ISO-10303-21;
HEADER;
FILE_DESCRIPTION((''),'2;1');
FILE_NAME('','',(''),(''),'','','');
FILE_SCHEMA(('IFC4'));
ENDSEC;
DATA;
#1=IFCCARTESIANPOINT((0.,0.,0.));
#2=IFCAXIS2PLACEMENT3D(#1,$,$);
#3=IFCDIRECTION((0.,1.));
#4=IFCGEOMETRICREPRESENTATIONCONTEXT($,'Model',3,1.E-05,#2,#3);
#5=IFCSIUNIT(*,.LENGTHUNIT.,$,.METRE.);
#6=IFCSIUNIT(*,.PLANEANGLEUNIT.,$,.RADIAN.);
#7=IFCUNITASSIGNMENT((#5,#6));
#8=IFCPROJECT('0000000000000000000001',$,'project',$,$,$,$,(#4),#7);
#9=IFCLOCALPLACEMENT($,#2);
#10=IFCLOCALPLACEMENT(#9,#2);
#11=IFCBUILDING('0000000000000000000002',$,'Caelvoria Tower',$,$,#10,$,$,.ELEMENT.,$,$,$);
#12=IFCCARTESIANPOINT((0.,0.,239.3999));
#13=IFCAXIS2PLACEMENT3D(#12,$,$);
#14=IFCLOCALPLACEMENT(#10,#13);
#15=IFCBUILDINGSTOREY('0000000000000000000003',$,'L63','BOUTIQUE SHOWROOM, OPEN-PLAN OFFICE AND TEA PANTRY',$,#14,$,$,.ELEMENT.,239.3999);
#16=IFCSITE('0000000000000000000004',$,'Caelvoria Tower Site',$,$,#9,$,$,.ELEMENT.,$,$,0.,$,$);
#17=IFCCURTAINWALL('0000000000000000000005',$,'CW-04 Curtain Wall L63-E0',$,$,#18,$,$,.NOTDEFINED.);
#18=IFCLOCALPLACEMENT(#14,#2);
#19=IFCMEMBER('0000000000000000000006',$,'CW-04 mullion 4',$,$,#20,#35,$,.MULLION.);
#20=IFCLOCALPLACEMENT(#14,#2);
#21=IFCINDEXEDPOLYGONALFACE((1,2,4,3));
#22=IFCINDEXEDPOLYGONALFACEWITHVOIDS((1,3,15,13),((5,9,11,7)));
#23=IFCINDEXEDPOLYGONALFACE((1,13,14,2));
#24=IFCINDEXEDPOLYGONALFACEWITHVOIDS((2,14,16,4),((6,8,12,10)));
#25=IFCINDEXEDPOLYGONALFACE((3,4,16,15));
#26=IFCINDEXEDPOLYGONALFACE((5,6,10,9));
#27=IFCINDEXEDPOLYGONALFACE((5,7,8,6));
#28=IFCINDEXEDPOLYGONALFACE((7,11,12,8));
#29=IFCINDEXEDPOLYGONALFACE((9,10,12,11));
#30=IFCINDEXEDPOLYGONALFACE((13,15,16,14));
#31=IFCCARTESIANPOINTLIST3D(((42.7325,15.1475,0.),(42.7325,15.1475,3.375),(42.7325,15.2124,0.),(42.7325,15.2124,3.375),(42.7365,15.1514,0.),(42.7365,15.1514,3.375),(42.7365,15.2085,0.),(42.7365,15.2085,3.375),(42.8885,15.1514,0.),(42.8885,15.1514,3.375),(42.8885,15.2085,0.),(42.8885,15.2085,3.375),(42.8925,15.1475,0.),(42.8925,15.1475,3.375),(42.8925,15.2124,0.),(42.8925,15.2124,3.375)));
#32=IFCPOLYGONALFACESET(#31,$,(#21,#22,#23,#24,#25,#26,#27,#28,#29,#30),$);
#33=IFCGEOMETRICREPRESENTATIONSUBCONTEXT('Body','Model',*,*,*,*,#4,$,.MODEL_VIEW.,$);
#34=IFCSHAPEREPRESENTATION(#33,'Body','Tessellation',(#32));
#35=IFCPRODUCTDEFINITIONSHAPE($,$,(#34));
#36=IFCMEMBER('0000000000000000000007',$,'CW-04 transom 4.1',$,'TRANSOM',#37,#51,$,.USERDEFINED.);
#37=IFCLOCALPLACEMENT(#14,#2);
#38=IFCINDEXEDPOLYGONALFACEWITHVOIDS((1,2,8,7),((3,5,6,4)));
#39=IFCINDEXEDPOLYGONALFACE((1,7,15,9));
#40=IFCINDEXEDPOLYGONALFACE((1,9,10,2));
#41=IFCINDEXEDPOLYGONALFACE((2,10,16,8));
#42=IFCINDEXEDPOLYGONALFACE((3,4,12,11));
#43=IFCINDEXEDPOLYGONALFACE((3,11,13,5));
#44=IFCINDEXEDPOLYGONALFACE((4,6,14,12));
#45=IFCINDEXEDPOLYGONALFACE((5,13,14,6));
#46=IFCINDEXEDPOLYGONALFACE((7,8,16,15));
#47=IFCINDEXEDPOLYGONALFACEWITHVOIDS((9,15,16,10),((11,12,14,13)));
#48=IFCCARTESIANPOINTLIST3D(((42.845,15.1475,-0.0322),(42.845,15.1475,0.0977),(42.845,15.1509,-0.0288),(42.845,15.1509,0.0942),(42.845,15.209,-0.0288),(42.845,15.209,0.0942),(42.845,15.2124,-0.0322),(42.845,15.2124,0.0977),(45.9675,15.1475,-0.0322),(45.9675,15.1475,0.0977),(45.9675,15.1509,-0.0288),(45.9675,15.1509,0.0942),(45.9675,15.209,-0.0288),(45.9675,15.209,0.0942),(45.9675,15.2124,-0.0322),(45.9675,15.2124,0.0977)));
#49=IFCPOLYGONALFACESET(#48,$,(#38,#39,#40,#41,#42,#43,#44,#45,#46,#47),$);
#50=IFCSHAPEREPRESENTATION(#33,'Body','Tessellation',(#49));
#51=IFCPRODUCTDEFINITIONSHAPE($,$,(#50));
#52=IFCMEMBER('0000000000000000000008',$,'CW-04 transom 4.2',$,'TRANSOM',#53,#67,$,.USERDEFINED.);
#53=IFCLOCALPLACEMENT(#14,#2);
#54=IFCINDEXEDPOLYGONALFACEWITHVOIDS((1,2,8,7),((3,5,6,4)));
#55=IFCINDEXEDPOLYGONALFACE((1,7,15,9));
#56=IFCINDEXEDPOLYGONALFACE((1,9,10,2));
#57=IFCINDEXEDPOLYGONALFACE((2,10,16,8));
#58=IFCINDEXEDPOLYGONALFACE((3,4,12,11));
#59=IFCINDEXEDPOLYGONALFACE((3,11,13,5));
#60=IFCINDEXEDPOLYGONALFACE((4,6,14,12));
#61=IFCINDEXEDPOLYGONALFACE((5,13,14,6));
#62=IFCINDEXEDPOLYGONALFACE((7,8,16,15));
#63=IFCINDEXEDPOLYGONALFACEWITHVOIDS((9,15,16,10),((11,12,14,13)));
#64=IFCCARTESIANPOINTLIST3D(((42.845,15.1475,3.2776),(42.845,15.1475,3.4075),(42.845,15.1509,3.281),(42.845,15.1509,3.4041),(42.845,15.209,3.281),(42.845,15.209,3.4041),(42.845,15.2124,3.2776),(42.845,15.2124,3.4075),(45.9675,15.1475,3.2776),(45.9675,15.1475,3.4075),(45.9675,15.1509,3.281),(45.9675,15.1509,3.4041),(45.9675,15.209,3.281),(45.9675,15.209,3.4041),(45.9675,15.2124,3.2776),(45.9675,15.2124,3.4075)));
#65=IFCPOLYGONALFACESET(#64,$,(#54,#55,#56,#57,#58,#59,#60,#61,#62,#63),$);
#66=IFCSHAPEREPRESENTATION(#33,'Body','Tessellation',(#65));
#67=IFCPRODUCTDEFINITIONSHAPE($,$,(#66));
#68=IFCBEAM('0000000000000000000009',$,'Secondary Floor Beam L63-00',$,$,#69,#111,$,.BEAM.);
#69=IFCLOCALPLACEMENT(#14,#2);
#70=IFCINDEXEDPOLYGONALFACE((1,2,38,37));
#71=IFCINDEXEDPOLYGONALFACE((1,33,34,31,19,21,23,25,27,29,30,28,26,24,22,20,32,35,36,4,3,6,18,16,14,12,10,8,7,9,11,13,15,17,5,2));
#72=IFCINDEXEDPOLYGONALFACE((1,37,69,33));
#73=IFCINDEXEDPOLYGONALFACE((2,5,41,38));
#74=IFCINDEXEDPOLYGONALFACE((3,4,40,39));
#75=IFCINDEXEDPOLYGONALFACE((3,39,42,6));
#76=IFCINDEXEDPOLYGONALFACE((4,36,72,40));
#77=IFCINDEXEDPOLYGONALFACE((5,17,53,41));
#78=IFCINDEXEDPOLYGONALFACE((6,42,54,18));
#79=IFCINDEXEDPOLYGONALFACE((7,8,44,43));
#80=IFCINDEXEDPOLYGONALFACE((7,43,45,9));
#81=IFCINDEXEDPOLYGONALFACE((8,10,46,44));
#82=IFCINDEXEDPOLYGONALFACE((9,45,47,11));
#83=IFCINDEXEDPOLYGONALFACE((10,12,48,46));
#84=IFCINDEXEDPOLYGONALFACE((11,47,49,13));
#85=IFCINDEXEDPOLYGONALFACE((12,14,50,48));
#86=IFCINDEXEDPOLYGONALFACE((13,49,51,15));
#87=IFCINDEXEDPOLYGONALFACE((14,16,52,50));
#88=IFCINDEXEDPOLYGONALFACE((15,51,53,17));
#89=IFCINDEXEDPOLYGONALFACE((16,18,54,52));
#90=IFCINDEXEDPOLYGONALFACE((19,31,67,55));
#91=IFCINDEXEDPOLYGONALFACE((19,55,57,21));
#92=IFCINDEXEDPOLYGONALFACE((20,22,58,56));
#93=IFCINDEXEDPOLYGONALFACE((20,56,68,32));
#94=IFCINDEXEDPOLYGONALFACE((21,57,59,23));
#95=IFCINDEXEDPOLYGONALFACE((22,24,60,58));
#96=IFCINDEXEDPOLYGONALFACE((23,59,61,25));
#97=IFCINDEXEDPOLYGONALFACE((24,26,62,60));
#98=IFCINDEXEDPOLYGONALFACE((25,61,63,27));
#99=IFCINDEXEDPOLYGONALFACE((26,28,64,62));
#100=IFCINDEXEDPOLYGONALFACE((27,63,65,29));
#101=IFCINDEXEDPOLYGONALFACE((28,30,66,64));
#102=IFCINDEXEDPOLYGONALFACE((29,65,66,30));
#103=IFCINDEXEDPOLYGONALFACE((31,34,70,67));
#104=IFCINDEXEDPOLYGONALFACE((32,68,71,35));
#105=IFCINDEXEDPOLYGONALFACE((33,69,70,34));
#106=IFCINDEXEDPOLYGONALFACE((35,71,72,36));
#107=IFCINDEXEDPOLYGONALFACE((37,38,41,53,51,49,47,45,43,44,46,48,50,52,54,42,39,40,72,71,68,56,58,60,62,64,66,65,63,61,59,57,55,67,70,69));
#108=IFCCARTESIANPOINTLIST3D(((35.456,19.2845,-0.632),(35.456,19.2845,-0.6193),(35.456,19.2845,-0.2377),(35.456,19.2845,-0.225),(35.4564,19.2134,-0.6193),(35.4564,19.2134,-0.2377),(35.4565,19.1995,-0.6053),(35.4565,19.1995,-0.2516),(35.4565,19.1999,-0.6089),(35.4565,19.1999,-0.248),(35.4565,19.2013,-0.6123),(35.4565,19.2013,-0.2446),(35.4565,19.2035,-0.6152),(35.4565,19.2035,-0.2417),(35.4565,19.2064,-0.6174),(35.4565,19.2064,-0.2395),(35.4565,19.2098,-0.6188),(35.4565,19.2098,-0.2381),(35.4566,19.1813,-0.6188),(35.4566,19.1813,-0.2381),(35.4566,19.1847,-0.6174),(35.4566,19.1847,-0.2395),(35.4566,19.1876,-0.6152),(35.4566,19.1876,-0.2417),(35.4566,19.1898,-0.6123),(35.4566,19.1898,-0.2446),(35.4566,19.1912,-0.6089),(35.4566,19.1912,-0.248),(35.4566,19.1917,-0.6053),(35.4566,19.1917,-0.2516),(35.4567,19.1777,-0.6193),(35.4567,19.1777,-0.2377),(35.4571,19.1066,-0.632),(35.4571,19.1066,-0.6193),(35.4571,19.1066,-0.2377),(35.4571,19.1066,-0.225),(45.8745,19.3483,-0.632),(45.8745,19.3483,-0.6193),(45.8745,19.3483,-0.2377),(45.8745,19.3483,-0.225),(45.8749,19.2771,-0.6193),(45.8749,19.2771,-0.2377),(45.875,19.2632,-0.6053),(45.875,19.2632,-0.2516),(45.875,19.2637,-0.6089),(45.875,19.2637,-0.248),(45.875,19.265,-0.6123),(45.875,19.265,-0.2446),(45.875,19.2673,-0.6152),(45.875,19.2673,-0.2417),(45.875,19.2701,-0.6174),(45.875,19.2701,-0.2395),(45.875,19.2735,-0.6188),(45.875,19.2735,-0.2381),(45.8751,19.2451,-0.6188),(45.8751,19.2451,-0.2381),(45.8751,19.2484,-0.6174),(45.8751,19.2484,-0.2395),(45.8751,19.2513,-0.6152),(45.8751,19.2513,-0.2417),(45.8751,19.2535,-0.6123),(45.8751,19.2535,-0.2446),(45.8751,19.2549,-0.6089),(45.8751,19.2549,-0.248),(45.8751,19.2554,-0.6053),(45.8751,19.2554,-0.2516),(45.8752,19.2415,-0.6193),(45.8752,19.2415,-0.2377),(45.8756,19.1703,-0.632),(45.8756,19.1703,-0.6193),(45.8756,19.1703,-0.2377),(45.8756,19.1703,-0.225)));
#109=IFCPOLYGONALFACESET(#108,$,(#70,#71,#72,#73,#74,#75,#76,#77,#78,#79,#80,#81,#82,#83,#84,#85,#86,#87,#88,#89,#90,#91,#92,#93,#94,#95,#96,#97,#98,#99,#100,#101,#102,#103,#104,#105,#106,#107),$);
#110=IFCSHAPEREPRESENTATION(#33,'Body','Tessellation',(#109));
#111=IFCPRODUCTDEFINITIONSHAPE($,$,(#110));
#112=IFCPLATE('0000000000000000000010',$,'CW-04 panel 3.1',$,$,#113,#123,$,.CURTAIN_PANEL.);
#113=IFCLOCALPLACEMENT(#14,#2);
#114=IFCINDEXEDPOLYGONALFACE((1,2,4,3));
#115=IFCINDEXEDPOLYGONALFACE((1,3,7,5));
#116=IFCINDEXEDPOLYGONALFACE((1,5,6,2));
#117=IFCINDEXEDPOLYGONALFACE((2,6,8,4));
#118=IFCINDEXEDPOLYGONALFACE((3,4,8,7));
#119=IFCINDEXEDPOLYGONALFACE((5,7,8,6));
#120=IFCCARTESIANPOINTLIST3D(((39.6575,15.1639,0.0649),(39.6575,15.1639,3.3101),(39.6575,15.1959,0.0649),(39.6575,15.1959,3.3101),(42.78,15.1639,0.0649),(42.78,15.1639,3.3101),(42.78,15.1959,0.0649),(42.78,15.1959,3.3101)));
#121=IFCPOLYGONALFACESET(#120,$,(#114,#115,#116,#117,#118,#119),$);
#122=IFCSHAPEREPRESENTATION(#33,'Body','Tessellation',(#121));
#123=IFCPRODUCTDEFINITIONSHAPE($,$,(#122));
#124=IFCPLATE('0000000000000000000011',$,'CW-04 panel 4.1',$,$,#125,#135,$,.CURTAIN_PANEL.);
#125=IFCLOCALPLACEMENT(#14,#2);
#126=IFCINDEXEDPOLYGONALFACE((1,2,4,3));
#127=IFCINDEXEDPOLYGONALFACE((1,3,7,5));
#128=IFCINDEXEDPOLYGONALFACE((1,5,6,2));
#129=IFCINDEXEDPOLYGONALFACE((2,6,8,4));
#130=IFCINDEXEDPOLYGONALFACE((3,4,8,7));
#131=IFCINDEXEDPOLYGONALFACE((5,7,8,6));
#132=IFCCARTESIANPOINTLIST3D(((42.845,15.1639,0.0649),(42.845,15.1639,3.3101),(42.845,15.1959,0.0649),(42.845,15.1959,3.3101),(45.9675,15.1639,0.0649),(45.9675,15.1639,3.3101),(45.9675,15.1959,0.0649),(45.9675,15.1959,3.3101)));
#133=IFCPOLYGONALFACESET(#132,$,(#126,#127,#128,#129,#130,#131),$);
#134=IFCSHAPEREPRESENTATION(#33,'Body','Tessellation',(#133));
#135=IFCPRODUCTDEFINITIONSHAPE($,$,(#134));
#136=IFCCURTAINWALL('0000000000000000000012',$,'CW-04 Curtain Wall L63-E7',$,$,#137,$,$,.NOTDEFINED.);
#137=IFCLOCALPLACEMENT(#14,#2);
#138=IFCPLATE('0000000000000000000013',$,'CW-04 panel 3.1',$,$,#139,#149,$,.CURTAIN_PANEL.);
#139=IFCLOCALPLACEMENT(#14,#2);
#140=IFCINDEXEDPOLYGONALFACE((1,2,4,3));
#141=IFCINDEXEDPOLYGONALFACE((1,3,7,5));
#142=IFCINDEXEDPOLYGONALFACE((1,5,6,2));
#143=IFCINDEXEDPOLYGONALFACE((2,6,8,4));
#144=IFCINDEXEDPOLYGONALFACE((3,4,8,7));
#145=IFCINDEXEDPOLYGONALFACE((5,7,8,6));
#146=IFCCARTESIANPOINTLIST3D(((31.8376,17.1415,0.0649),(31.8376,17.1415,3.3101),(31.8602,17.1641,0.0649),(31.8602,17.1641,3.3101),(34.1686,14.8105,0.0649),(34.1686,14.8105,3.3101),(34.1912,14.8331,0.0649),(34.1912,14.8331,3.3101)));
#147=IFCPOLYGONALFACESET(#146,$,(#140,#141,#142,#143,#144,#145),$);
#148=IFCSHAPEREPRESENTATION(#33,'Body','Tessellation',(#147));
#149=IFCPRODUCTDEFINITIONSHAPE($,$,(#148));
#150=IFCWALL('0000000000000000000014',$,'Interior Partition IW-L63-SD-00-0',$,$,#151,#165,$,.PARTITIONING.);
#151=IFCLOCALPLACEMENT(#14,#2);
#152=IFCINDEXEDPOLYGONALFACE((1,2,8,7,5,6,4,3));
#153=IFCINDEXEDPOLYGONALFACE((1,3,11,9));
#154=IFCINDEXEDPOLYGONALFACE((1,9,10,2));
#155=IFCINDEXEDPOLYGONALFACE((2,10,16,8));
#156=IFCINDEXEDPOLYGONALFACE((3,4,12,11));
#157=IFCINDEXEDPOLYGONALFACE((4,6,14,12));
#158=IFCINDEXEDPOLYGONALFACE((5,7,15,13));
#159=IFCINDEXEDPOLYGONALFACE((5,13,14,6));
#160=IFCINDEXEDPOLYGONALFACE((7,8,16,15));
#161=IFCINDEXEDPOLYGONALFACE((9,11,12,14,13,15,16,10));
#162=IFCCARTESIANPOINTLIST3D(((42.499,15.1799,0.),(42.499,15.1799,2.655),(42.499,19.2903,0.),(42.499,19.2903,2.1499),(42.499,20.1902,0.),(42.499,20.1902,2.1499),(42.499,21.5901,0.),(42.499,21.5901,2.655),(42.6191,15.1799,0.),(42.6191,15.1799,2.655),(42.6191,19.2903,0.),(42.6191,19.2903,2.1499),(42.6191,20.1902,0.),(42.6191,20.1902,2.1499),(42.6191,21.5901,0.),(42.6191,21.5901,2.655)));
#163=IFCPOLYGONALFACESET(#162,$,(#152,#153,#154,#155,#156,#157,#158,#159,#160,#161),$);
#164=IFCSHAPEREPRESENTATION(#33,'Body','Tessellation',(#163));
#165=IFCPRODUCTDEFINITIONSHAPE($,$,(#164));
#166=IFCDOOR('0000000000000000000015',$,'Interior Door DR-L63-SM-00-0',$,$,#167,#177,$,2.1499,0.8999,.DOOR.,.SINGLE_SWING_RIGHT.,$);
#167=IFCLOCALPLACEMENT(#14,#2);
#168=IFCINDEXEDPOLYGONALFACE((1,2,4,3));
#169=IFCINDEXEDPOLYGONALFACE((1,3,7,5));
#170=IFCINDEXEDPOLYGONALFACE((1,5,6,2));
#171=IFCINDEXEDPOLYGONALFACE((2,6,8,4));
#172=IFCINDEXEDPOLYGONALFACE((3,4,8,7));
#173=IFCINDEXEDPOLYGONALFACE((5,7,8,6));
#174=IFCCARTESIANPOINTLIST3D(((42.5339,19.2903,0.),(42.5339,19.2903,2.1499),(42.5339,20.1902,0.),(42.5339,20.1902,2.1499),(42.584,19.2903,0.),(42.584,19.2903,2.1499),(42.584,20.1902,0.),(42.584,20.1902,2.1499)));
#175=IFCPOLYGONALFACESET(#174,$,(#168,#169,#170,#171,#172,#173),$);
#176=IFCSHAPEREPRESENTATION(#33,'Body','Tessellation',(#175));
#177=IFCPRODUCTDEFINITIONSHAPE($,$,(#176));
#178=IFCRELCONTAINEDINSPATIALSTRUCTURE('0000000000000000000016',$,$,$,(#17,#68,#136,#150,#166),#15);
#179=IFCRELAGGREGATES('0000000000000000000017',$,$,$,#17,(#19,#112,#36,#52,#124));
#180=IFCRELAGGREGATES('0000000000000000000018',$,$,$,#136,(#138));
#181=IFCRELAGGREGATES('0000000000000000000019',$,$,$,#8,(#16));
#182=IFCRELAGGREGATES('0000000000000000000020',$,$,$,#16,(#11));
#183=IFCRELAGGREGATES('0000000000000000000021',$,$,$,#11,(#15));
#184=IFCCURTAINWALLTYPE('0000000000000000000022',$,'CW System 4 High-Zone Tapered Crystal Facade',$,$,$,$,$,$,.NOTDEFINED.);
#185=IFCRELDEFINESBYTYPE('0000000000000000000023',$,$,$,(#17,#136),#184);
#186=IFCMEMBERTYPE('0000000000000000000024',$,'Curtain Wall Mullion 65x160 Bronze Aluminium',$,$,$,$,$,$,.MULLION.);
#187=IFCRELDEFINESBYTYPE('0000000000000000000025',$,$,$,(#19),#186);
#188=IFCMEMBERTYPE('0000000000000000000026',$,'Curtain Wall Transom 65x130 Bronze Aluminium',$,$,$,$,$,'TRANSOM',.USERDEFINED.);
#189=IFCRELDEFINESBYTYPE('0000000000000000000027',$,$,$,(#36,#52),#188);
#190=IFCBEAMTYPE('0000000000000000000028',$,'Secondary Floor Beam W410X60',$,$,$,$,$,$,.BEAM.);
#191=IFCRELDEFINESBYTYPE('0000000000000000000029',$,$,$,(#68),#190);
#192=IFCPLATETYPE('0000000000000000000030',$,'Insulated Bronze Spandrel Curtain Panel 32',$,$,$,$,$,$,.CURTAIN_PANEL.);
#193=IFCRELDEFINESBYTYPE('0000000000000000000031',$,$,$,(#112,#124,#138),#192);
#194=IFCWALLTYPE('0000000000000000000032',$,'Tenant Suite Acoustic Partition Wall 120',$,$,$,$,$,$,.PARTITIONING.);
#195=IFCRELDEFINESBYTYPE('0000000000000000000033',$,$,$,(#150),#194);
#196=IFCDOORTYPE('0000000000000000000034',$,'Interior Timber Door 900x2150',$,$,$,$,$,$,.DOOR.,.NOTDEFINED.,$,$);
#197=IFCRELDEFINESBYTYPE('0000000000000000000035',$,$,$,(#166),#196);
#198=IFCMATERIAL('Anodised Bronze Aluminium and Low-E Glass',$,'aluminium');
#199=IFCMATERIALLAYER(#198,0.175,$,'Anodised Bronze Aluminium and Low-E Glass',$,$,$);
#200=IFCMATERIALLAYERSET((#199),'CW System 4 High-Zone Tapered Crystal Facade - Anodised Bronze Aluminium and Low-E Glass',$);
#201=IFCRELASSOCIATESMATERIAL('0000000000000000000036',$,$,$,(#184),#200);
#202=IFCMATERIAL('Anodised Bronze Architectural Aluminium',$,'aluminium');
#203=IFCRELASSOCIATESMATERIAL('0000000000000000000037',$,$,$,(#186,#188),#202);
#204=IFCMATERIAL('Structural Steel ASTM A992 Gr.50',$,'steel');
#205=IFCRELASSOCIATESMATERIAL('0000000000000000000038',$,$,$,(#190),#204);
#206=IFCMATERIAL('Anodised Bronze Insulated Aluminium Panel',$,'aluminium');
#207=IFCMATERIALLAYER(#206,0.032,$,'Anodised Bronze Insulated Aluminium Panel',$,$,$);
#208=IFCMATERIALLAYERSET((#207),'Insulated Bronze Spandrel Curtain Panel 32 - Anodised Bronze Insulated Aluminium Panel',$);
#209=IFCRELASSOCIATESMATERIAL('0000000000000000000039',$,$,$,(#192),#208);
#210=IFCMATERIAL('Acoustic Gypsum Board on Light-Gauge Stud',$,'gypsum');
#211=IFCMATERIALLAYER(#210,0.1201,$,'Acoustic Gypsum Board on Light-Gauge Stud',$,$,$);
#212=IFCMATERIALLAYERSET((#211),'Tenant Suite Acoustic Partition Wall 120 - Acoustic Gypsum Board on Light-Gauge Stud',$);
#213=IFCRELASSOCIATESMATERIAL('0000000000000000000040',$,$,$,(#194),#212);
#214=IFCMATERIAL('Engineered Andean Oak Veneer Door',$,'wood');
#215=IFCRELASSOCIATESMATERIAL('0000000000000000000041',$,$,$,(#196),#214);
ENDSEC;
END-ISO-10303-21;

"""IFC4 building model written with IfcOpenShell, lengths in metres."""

from ifc_helpers import new_model, si_unit, direction, frame, frame_2d, origin, origin_2d, place, context, subcontext, project, spatial, rectangle, hollow_rectangle, i_section, extrude, material, layer, layer_set, material_profile, profile_set, type_object, element, fill, aggregate, save


model = new_model("IFC4")

# Units and contexts
model_context = context("Model", 3, precision=1e-05, world=origin(), true_north=direction((0.0, 1.0)))
body_context = subcontext(model_context, "Body", "Model", "MODEL_VIEW")
ifc_project = project(units=[si_unit("LENGTHUNIT", "METRE"), si_unit("PLANEANGLEUNIT", "RADIAN")], contexts=[model_context])

# Site, building, storey
site_placement = place(None, origin())
site = spatial("IfcSite", under=ifc_project, at=site_placement, Name="Caelvoria Tower Site", CompositionType="ELEMENT", RefElevation=0.0)
building_placement = place(site_placement, origin())
building = spatial("IfcBuilding", under=site, at=building_placement, Name="Caelvoria Tower", CompositionType="ELEMENT")
storey_placement = place(building_placement, frame((0.0, 0.0, 239.3999)))
storey = spatial("IfcBuildingStorey", under=building, at=storey_placement, Name="L63", Description="BOUTIQUE SHOWROOM, OPEN-PLAN OFFICE AND TEA PANTRY", CompositionType="ELEMENT", Elevation=239.3999)

# Curtain wall, members
ifc_material_1 = material(Name="Anodised Bronze Aluminium and Low-E Glass", Category="aluminium")
ifc_layer_1 = layer(ifc_material_1, 0.175, Name="Anodised Bronze Aluminium and Low-E Glass")
ifc_layer_set_1 = layer_set([ifc_layer_1], Name="CW System 4 High-Zone Tapered Crystal Facade - Anodised Bronze Aluminium and Low-E Glass")
curtain_wall_type = type_object("IfcCurtainWallType", Name="CW System 4 High-Zone Tapered Crystal Facade", PredefinedType="NOTDEFINED", material=ifc_layer_set_1)
curtain_wall_1_placement = place(storey_placement, origin())
curtain_wall_1 = element("IfcCurtainWall", 1, at=curtain_wall_1_placement, inside=storey, type_object=curtain_wall_type, Name="CW-04 Curtain Wall L63-E0", PredefinedType="NOTDEFINED")
ifc_material_2 = material(Name="Anodised Bronze Architectural Aluminium", Category="aluminium")
ifc_material_profile_1 = material_profile(ifc_material_2, hollow_rectangle(XDim=0.0649, YDim=0.1599, WallThickness=0.0039, at=origin_2d()), Name="Anodised Bronze Architectural Aluminium")
ifc_profile_set_1 = profile_set([ifc_material_profile_1], Name="CW_MULL_65X160 - Anodised Bronze Architectural Aluminium")
member_type_1 = type_object("IfcMemberType", Name="Curtain Wall Mullion 65x160 Bronze Aluminium", PredefinedType="MULLION", material=ifc_profile_set_1)
member_1_placement = place(storey_placement, frame((42.8125, 15.1799, 0.0), z_axis=(0.0, 0.0, 1.0), x_axis=(0.0, 1.0, 0.0)))
member_1 = element("IfcMember", 2, at=member_1_placement, type_object=member_type_1, Name="CW-04 mullion 4", PredefinedType="MULLION", context=body_context, shape_type="SweptSolid", body=[
    extrude(hollow_rectangle(XDim=0.0649, YDim=0.1599, WallThickness=0.0039, at=origin_2d()), origin(), (0.0, 0.0, 1.0), 3.375),
])
ifc_material_profile_2 = material_profile(ifc_material_2, hollow_rectangle(XDim=0.0649, YDim=0.1299, WallThickness=0.0034, at=origin_2d()), Name="Anodised Bronze Architectural Aluminium")
ifc_profile_set_2 = profile_set([ifc_material_profile_2], Name="CW_TRAN_65X130 - Anodised Bronze Architectural Aluminium")
member_type_2 = type_object("IfcMemberType", Name="Curtain Wall Transom 65x130 Bronze Aluminium", ElementType="TRANSOM", PredefinedType="USERDEFINED", material=ifc_profile_set_2)
member_2_placement = place(storey_placement, frame((42.845, 15.1799, 0.0327), z_axis=(1.0, 0.0, 0.0), x_axis=(0.0, 1.0, 0.0)))
member_2 = element("IfcMember", 3, at=member_2_placement, type_object=member_type_2, Name="CW-04 transom 4.1", ObjectType="TRANSOM", PredefinedType="USERDEFINED", context=body_context, shape_type="SweptSolid", body=[
    extrude(hollow_rectangle(XDim=0.0649, YDim=0.1299, WallThickness=0.0034, at=origin_2d()), origin(), (0.0, 0.0, 1.0), 3.1226),
])
member_3_placement = place(storey_placement, frame((42.845, 15.1799, 3.3425), z_axis=(1.0, 0.0, 0.0), x_axis=(0.0, 1.0, 0.0)))
member_3 = element("IfcMember", 4, at=member_3_placement, type_object=member_type_2, Name="CW-04 transom 4.2", ObjectType="TRANSOM", PredefinedType="USERDEFINED", context=body_context, shape_type="SweptSolid", body=[
    extrude(hollow_rectangle(XDim=0.0649, YDim=0.1299, WallThickness=0.0034, at=origin_2d()), origin(), (0.0, 0.0, 1.0), 3.1226),
])

# Beam
ifc_material_3 = material(Name="Structural Steel ASTM A992 Gr.50", Category="steel")
ifc_material_profile_3 = material_profile(ifc_material_3, i_section(OverallWidth=0.178, OverallDepth=0.407, WebThickness=0.0078, FlangeThickness=0.0127, FilletRadius=0.0139, at=origin_2d()), Name="Structural Steel ASTM A992 Gr.50")
ifc_profile_set_3 = profile_set([ifc_material_profile_3], Name="W410X60 - Structural Steel ASTM A992 Gr.50")
beam_type = type_object("IfcBeamType", Name="Secondary Floor Beam W410X60", PredefinedType="BEAM", material=ifc_profile_set_3)
beam_placement = place(storey_placement, frame((35.4565, 19.1956, -0.4285), z_axis=(0.999981, 0.006116, 0.0), x_axis=(-0.006116, 0.999981, 0.0)))
element("IfcBeam", 5, at=beam_placement, inside=storey, type_object=beam_type, Name="Secondary Floor Beam L63-00", PredefinedType="BEAM", context=body_context, shape_type="SweptSolid", body=[
    extrude(i_section(OverallWidth=0.178, OverallDepth=0.407, WebThickness=0.0078, FlangeThickness=0.0127, FilletRadius=0.0139, at=origin_2d()), origin(), (0.0, 0.0, 1.0), 10.4187),
])

# Plates
ifc_material_4 = material(Name="Anodised Bronze Insulated Aluminium Panel", Category="aluminium")
ifc_layer_2 = layer(ifc_material_4, 0.032, Name="Anodised Bronze Insulated Aluminium Panel")
ifc_layer_set_2 = layer_set([ifc_layer_2], Name="Insulated Bronze Spandrel Curtain Panel 32 - Anodised Bronze Insulated Aluminium Panel")
plate_type = type_object("IfcPlateType", Name="Insulated Bronze Spandrel Curtain Panel 32", PredefinedType="CURTAIN_PANEL", material=ifc_layer_set_2)
plate_1_placement = place(storey_placement, frame((41.2188, 15.1799, 0.0649), z_axis=(0.0, 0.0, 1.0), x_axis=(1.0, 0.0, 0.0)))
plate_1 = element("IfcPlate", 6, at=plate_1_placement, type_object=plate_type, Name="CW-04 panel 3.1", PredefinedType="CURTAIN_PANEL", context=body_context, shape_type="SweptSolid", body=[
    extrude(rectangle(XDim=3.1226, YDim=0.032, at=origin_2d()), origin(), (0.0, 0.0, 1.0), 3.2451),
])
plate_2_placement = place(storey_placement, frame((44.4062, 15.1799, 0.0649), z_axis=(0.0, 0.0, 1.0), x_axis=(1.0, 0.0, 0.0)))
plate_2 = element("IfcPlate", 7, at=plate_2_placement, type_object=plate_type, Name="CW-04 panel 4.1", PredefinedType="CURTAIN_PANEL", context=body_context, shape_type="SweptSolid", body=[
    extrude(rectangle(XDim=3.1226, YDim=0.032, at=origin_2d()), origin(), (0.0, 0.0, 1.0), 3.2451),
])
aggregate(curtain_wall_1, [member_1, plate_1, member_2, member_3, plate_2])

# Curtain wall, plate
curtain_wall_2_placement = place(storey_placement, origin())
curtain_wall_2 = element("IfcCurtainWall", 8, at=curtain_wall_2_placement, inside=storey, type_object=curtain_wall_type, Name="CW-04 Curtain Wall L63-E7", PredefinedType="NOTDEFINED")
plate_3_placement = place(storey_placement, frame((33.0144, 15.9873, 0.0649), z_axis=(0.0, 0.0, 1.0), x_axis=(0.707107, -0.707107, 0.0)))
plate_3 = element("IfcPlate", 9, at=plate_3_placement, type_object=plate_type, Name="CW-04 panel 3.1", PredefinedType="CURTAIN_PANEL", context=body_context, shape_type="SweptSolid", body=[
    extrude(rectangle(XDim=3.2966, YDim=0.032, at=origin_2d()), origin(), (0.0, 0.0, 1.0), 3.2451),
])
aggregate(curtain_wall_2, [plate_3])

# Wall, opening, door
ifc_material_5 = material(Name="Acoustic Gypsum Board on Light-Gauge Stud", Category="gypsum")
ifc_layer_3 = layer(ifc_material_5, 0.1201, Name="Acoustic Gypsum Board on Light-Gauge Stud")
ifc_layer_set_3 = layer_set([ifc_layer_3], Name="Tenant Suite Acoustic Partition Wall 120 - Acoustic Gypsum Board on Light-Gauge Stud")
wall_type = type_object("IfcWallType", Name="Tenant Suite Acoustic Partition Wall 120", PredefinedType="PARTITIONING", material=ifc_layer_set_3)
wall_1_placement = place(storey_placement, frame((42.5591, 21.5901, 0.0), z_axis=(0.0, 0.0, 1.0), x_axis=(0.0, -1.0, 0.0)))
wall_1 = element("IfcWall", 10, at=wall_1_placement, inside=storey, type_object=wall_type, Name="Interior Partition IW-L63-SD-00-0", PredefinedType="PARTITIONING", context=body_context, shape_type="SweptSolid", body=[
    extrude(rectangle(XDim=6.4102, YDim=0.1201, at=frame_2d((3.2051, 0.0))), origin(), (0.0, 0.0, 1.0), 2.655),
])
opening_1_placement = place(wall_1_placement, frame((1.3999, 0.0, 0.0)))
opening_1 = element("IfcOpeningElement", 11, at=opening_1_placement, cuts=wall_1, PredefinedType="OPENING", context=body_context, shape_type="SweptSolid", body=[
    extrude(rectangle(XDim=0.8999, YDim=2.1499, at=frame_2d((0.45, 1.075))), frame((0.0, 0.0701, 0.0), z_axis=(0.0, -1.0, 0.0), x_axis=(1.0, 0.0, 0.0)), (0.0, 0.0, 1.0), 0.1401),
])
ifc_material_6 = material(Name="Engineered Andean Oak Veneer Door", Category="wood")
door_type_1 = type_object("IfcDoorType", Name="Interior Timber Door 900x2150", OperationType="NOTDEFINED", PredefinedType="DOOR", material=ifc_material_6)
door_1_placement = place(opening_1_placement, origin())
door_1 = element("IfcDoor", 12, at=door_1_placement, inside=storey, type_object=door_type_1, Name="Interior Door DR-L63-SM-00-0", OperationType="SINGLE_SWING_RIGHT", OverallHeight=2.1499, OverallWidth=0.8999, PredefinedType="DOOR", context=body_context, shape_type="SweptSolid", body=[
    extrude(rectangle(XDim=0.8999, YDim=2.1499, at=frame_2d((0.45, 1.075))), frame((0.0, 0.0249, 0.0), z_axis=(0.0, -1.0, 0.0), x_axis=(1.0, 0.0, 0.0)), (0.0, 0.0, 1.0), 0.05),
])
fill(opening_1, door_1)

save(model, "model.ifc")
